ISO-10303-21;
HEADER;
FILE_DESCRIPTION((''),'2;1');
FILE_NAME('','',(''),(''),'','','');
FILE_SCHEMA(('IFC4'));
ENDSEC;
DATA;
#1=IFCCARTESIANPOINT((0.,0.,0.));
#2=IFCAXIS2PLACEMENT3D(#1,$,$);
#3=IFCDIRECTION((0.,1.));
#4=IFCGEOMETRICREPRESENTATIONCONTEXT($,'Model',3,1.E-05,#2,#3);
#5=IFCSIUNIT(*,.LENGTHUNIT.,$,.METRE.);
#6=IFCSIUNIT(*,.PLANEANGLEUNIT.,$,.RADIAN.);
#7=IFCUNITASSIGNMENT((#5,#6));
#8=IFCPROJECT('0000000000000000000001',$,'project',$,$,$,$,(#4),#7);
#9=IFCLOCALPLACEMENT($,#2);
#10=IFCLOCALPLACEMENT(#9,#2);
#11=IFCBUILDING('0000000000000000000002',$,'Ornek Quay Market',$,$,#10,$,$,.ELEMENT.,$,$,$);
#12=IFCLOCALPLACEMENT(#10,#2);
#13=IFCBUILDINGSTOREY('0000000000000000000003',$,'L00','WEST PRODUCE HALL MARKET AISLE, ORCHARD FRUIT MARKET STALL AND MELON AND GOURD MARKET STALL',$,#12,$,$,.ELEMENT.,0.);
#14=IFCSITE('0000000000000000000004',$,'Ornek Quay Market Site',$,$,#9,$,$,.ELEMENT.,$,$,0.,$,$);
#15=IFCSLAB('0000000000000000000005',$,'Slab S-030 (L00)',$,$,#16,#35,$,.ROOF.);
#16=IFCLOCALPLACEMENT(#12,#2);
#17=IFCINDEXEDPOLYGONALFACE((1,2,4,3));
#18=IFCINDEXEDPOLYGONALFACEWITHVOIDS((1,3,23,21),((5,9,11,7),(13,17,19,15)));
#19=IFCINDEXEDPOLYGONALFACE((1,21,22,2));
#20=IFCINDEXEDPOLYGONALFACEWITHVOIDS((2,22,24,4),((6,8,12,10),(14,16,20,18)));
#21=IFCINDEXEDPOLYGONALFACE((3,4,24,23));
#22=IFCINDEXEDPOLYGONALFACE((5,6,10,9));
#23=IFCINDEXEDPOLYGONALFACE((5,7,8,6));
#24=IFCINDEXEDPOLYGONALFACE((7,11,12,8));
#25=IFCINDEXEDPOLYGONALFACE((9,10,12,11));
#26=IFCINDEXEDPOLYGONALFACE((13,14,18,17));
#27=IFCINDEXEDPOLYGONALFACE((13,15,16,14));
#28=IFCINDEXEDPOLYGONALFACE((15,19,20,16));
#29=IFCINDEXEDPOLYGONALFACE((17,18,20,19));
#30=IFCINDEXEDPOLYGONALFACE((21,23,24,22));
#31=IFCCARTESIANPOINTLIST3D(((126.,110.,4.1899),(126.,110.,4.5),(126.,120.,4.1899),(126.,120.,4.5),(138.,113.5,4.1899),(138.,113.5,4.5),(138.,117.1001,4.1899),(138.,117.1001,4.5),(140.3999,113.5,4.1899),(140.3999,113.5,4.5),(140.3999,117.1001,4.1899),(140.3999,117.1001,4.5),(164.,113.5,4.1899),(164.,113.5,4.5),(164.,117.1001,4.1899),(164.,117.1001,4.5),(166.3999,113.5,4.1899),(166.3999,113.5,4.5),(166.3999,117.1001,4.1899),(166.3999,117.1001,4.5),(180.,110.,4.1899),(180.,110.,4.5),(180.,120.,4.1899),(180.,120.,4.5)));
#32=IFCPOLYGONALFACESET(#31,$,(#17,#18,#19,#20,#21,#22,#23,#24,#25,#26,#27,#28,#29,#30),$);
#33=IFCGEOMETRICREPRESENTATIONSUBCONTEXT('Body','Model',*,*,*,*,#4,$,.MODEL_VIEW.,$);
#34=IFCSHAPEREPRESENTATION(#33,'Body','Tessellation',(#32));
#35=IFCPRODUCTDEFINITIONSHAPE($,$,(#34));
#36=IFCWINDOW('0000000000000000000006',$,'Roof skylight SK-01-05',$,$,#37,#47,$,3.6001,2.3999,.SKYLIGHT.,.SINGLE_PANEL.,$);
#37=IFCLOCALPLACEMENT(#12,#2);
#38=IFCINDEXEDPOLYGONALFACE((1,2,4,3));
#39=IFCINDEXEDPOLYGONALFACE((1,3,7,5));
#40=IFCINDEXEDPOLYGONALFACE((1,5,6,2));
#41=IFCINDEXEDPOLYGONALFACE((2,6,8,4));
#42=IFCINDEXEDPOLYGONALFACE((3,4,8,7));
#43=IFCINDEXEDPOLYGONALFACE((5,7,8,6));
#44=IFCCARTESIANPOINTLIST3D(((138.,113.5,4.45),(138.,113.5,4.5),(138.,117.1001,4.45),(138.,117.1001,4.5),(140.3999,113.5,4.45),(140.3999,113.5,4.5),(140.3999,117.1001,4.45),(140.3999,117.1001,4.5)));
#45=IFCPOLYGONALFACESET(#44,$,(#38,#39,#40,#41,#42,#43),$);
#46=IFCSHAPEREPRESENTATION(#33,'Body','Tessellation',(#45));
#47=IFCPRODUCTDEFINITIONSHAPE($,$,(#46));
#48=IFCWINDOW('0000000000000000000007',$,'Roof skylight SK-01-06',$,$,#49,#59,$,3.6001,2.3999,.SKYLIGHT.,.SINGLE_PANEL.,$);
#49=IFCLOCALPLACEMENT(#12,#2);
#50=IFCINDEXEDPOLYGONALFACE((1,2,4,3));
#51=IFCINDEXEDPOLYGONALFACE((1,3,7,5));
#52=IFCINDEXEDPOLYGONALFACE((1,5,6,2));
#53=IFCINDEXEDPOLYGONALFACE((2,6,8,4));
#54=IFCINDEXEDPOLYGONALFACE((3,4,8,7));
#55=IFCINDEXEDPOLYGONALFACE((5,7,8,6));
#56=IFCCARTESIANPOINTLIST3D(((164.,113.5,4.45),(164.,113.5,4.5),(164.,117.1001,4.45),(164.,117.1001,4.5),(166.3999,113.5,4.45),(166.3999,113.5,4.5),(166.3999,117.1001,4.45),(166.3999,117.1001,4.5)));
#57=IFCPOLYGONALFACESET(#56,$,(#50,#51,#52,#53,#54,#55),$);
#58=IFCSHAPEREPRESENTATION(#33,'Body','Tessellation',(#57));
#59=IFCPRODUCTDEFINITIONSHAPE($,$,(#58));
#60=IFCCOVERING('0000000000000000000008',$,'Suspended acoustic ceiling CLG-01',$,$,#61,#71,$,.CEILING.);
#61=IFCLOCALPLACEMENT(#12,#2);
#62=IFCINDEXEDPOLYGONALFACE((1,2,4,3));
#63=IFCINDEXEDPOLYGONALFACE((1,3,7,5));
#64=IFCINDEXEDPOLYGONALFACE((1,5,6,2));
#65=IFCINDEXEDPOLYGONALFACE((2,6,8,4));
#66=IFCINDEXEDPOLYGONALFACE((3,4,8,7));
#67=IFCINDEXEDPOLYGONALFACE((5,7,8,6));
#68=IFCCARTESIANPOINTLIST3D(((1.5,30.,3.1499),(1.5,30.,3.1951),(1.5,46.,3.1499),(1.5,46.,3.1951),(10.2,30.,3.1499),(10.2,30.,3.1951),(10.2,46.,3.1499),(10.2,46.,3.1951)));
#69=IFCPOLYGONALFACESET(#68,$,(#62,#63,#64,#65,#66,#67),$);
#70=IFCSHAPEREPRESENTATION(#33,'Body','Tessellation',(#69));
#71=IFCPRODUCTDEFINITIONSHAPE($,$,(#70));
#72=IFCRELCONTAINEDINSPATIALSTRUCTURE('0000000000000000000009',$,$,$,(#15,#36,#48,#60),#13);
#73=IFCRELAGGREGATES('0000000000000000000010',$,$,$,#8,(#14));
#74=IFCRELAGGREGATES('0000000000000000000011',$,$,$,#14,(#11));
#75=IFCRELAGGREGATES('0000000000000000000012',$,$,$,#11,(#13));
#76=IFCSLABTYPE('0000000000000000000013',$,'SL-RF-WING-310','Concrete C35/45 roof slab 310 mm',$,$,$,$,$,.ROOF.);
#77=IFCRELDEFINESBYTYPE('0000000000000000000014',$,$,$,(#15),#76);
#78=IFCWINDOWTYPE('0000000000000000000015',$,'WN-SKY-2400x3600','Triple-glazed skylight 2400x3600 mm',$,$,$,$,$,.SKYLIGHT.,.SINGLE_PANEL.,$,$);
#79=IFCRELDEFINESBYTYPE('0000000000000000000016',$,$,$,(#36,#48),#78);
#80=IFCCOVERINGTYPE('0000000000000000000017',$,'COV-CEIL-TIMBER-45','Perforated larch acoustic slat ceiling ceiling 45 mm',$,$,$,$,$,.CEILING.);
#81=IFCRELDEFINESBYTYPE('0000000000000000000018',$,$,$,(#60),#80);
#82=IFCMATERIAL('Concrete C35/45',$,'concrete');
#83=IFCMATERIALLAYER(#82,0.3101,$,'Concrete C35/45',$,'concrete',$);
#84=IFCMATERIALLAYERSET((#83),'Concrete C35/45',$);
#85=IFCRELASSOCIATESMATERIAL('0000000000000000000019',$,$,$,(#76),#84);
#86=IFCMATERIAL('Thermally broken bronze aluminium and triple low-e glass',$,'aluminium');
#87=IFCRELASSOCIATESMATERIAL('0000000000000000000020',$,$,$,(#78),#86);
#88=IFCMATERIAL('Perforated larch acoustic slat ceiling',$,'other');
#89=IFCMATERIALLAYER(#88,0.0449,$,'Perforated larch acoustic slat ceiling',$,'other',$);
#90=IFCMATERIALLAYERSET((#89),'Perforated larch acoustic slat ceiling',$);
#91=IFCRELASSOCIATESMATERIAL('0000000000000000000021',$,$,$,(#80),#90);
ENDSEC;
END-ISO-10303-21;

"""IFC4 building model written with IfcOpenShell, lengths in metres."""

from ifc_helpers import new_model, si_unit, direction, frame, origin, origin_2d, place, context, subcontext, project, spatial, polyline, rectangle, outline, extrude, material, layer, layer_set, type_object, element, fill, save


model = new_model("IFC4")

# Units and contexts
model_context = context("Model", 3, precision=1e-05, world=origin(), true_north=direction((0.0, 1.0)))
body_context = subcontext(model_context, "Body", "Model", "MODEL_VIEW")
ifc_project = project(units=[si_unit("LENGTHUNIT", "METRE"), si_unit("PLANEANGLEUNIT", "RADIAN")], contexts=[model_context])

# Site, building, storey
site_placement = place(None, origin())
site = spatial("IfcSite", under=ifc_project, at=site_placement, Name="Ornek Quay Market Site", CompositionType="ELEMENT", RefElevation=0.0)
building_placement = place(site_placement, origin())
building = spatial("IfcBuilding", under=site, at=building_placement, Name="Ornek Quay Market", CompositionType="ELEMENT")
storey_placement = place(building_placement, origin())
storey = spatial("IfcBuildingStorey", under=building, at=storey_placement, Name="L00", Description="WEST PRODUCE HALL MARKET AISLE, ORCHARD FRUIT MARKET STALL AND MELON AND GOURD MARKET STALL", CompositionType="ELEMENT", Elevation=0.0)

# Shared definitions
ifc_material_1 = material(Name="Concrete C35/45", Category="concrete")

# Slab, openings, windows
ifc_layer_1 = layer(ifc_material_1, 0.3101, Name="Concrete C35/45", Category="concrete")
ifc_layer_set_1 = layer_set([ifc_layer_1], Name="Concrete C35/45")
slab_type_1 = type_object("IfcSlabType", Name="SL-RF-WING-310", Description="Concrete C35/45 roof slab 310 mm", PredefinedType="ROOF", material=ifc_layer_set_1)
ifc_material_2 = material(Name="Thermally broken bronze aluminium and triple low-e glass", Category="aluminium")
window_type = type_object("IfcWindowType", Name="WN-SKY-2400x3600", Description="Triple-glazed skylight 2400x3600 mm", PartitioningType="SINGLE_PANEL", PredefinedType="SKYLIGHT", material=ifc_material_2)
slab_1_placement = place(storey_placement, frame((0.0, 0.0, 4.1899)))
slab_1 = element("IfcSlab", 1, at=slab_1_placement, inside=storey, type_object=slab_type_1, Name="Slab S-030 (L00)", PredefinedType="ROOF", context=body_context, shape_type="SweptSolid", body=[
    extrude(outline(polyline([(126.0, 110.0), (180.0, 110.0), (180.0, 120.0), (126.0, 120.0), (126.0, 110.0)]), holes=[polyline([(140.3999, 117.1001), (140.3999, 113.5), (138.0, 113.5), (138.0, 117.1001), (140.3999, 117.1001)]), polyline([(166.3999, 117.1001), (166.3999, 113.5), (164.0, 113.5), (164.0, 117.1001), (166.3999, 117.1001)])]), origin(), (0.0, 0.0, 1.0), 0.3101),
])
opening_1_placement = place(slab_1_placement, frame((139.2, 115.3, -0.01)))
opening_1 = element("IfcOpeningElement", 2, at=opening_1_placement, cuts=slab_1, PredefinedType="OPENING", context=body_context, shape_type="SweptSolid", body=[
    extrude(rectangle(XDim=2.3999, YDim=3.6001, at=origin_2d()), origin(), (0.0, 0.0, 1.0), 0.3301),
])
opening_2_placement = place(slab_1_placement, frame((165.2, 115.3, -0.01)))
opening_2 = element("IfcOpeningElement", 3, at=opening_2_placement, cuts=slab_1, PredefinedType="OPENING", context=body_context, shape_type="SweptSolid", body=[
    extrude(rectangle(XDim=2.3999, YDim=3.6001, at=origin_2d()), origin(), (0.0, 0.0, 1.0), 0.3301),
])
window_1_placement = place(opening_1_placement, frame((0.0, 0.0, 0.27)))
window_1 = element("IfcWindow", 4, at=window_1_placement, inside=storey, type_object=window_type, Name="Roof skylight SK-01-05", OverallHeight=3.6001, OverallWidth=2.3999, PartitioningType="SINGLE_PANEL", PredefinedType="SKYLIGHT", context=body_context, shape_type="SweptSolid", body=[
    extrude(rectangle(XDim=2.3999, YDim=3.6001, at=origin_2d()), origin(), (0.0, 0.0, 1.0), 0.05),
])
fill(opening_1, window_1)
window_2_placement = place(opening_2_placement, frame((0.0, 0.0, 0.27)))
window_2 = element("IfcWindow", 5, at=window_2_placement, inside=storey, type_object=window_type, Name="Roof skylight SK-01-06", OverallHeight=3.6001, OverallWidth=2.3999, PartitioningType="SINGLE_PANEL", PredefinedType="SKYLIGHT", context=body_context, shape_type="SweptSolid", body=[
    extrude(rectangle(XDim=2.3999, YDim=3.6001, at=origin_2d()), origin(), (0.0, 0.0, 1.0), 0.05),
])
fill(opening_2, window_2)

# Covering
ifc_material_3 = material(Name="Perforated larch acoustic slat ceiling", Category="other")
ifc_layer_2 = layer(ifc_material_3, 0.0449, Name="Perforated larch acoustic slat ceiling", Category="other")
ifc_layer_set_2 = layer_set([ifc_layer_2], Name="Perforated larch acoustic slat ceiling")
covering_type = type_object("IfcCoveringType", Name="COV-CEIL-TIMBER-45", Description="Perforated larch acoustic slat ceiling ceiling 45 mm", PredefinedType="CEILING", material=ifc_layer_set_2)
covering_placement = place(storey_placement, frame((0.0, 0.0, 3.1499)))
element("IfcCovering", 6, at=covering_placement, inside=storey, type_object=covering_type, Name="Suspended acoustic ceiling CLG-01", PredefinedType="CEILING", context=body_context, shape_type="SweptSolid", body=[
    extrude(outline(polyline([(1.5, 30.0), (10.2, 30.0), (10.2, 46.0), (1.5, 46.0), (1.5, 30.0)])), origin(), (0.0, 0.0, 1.0), 0.0452),
])

save(model, "model.ifc")
